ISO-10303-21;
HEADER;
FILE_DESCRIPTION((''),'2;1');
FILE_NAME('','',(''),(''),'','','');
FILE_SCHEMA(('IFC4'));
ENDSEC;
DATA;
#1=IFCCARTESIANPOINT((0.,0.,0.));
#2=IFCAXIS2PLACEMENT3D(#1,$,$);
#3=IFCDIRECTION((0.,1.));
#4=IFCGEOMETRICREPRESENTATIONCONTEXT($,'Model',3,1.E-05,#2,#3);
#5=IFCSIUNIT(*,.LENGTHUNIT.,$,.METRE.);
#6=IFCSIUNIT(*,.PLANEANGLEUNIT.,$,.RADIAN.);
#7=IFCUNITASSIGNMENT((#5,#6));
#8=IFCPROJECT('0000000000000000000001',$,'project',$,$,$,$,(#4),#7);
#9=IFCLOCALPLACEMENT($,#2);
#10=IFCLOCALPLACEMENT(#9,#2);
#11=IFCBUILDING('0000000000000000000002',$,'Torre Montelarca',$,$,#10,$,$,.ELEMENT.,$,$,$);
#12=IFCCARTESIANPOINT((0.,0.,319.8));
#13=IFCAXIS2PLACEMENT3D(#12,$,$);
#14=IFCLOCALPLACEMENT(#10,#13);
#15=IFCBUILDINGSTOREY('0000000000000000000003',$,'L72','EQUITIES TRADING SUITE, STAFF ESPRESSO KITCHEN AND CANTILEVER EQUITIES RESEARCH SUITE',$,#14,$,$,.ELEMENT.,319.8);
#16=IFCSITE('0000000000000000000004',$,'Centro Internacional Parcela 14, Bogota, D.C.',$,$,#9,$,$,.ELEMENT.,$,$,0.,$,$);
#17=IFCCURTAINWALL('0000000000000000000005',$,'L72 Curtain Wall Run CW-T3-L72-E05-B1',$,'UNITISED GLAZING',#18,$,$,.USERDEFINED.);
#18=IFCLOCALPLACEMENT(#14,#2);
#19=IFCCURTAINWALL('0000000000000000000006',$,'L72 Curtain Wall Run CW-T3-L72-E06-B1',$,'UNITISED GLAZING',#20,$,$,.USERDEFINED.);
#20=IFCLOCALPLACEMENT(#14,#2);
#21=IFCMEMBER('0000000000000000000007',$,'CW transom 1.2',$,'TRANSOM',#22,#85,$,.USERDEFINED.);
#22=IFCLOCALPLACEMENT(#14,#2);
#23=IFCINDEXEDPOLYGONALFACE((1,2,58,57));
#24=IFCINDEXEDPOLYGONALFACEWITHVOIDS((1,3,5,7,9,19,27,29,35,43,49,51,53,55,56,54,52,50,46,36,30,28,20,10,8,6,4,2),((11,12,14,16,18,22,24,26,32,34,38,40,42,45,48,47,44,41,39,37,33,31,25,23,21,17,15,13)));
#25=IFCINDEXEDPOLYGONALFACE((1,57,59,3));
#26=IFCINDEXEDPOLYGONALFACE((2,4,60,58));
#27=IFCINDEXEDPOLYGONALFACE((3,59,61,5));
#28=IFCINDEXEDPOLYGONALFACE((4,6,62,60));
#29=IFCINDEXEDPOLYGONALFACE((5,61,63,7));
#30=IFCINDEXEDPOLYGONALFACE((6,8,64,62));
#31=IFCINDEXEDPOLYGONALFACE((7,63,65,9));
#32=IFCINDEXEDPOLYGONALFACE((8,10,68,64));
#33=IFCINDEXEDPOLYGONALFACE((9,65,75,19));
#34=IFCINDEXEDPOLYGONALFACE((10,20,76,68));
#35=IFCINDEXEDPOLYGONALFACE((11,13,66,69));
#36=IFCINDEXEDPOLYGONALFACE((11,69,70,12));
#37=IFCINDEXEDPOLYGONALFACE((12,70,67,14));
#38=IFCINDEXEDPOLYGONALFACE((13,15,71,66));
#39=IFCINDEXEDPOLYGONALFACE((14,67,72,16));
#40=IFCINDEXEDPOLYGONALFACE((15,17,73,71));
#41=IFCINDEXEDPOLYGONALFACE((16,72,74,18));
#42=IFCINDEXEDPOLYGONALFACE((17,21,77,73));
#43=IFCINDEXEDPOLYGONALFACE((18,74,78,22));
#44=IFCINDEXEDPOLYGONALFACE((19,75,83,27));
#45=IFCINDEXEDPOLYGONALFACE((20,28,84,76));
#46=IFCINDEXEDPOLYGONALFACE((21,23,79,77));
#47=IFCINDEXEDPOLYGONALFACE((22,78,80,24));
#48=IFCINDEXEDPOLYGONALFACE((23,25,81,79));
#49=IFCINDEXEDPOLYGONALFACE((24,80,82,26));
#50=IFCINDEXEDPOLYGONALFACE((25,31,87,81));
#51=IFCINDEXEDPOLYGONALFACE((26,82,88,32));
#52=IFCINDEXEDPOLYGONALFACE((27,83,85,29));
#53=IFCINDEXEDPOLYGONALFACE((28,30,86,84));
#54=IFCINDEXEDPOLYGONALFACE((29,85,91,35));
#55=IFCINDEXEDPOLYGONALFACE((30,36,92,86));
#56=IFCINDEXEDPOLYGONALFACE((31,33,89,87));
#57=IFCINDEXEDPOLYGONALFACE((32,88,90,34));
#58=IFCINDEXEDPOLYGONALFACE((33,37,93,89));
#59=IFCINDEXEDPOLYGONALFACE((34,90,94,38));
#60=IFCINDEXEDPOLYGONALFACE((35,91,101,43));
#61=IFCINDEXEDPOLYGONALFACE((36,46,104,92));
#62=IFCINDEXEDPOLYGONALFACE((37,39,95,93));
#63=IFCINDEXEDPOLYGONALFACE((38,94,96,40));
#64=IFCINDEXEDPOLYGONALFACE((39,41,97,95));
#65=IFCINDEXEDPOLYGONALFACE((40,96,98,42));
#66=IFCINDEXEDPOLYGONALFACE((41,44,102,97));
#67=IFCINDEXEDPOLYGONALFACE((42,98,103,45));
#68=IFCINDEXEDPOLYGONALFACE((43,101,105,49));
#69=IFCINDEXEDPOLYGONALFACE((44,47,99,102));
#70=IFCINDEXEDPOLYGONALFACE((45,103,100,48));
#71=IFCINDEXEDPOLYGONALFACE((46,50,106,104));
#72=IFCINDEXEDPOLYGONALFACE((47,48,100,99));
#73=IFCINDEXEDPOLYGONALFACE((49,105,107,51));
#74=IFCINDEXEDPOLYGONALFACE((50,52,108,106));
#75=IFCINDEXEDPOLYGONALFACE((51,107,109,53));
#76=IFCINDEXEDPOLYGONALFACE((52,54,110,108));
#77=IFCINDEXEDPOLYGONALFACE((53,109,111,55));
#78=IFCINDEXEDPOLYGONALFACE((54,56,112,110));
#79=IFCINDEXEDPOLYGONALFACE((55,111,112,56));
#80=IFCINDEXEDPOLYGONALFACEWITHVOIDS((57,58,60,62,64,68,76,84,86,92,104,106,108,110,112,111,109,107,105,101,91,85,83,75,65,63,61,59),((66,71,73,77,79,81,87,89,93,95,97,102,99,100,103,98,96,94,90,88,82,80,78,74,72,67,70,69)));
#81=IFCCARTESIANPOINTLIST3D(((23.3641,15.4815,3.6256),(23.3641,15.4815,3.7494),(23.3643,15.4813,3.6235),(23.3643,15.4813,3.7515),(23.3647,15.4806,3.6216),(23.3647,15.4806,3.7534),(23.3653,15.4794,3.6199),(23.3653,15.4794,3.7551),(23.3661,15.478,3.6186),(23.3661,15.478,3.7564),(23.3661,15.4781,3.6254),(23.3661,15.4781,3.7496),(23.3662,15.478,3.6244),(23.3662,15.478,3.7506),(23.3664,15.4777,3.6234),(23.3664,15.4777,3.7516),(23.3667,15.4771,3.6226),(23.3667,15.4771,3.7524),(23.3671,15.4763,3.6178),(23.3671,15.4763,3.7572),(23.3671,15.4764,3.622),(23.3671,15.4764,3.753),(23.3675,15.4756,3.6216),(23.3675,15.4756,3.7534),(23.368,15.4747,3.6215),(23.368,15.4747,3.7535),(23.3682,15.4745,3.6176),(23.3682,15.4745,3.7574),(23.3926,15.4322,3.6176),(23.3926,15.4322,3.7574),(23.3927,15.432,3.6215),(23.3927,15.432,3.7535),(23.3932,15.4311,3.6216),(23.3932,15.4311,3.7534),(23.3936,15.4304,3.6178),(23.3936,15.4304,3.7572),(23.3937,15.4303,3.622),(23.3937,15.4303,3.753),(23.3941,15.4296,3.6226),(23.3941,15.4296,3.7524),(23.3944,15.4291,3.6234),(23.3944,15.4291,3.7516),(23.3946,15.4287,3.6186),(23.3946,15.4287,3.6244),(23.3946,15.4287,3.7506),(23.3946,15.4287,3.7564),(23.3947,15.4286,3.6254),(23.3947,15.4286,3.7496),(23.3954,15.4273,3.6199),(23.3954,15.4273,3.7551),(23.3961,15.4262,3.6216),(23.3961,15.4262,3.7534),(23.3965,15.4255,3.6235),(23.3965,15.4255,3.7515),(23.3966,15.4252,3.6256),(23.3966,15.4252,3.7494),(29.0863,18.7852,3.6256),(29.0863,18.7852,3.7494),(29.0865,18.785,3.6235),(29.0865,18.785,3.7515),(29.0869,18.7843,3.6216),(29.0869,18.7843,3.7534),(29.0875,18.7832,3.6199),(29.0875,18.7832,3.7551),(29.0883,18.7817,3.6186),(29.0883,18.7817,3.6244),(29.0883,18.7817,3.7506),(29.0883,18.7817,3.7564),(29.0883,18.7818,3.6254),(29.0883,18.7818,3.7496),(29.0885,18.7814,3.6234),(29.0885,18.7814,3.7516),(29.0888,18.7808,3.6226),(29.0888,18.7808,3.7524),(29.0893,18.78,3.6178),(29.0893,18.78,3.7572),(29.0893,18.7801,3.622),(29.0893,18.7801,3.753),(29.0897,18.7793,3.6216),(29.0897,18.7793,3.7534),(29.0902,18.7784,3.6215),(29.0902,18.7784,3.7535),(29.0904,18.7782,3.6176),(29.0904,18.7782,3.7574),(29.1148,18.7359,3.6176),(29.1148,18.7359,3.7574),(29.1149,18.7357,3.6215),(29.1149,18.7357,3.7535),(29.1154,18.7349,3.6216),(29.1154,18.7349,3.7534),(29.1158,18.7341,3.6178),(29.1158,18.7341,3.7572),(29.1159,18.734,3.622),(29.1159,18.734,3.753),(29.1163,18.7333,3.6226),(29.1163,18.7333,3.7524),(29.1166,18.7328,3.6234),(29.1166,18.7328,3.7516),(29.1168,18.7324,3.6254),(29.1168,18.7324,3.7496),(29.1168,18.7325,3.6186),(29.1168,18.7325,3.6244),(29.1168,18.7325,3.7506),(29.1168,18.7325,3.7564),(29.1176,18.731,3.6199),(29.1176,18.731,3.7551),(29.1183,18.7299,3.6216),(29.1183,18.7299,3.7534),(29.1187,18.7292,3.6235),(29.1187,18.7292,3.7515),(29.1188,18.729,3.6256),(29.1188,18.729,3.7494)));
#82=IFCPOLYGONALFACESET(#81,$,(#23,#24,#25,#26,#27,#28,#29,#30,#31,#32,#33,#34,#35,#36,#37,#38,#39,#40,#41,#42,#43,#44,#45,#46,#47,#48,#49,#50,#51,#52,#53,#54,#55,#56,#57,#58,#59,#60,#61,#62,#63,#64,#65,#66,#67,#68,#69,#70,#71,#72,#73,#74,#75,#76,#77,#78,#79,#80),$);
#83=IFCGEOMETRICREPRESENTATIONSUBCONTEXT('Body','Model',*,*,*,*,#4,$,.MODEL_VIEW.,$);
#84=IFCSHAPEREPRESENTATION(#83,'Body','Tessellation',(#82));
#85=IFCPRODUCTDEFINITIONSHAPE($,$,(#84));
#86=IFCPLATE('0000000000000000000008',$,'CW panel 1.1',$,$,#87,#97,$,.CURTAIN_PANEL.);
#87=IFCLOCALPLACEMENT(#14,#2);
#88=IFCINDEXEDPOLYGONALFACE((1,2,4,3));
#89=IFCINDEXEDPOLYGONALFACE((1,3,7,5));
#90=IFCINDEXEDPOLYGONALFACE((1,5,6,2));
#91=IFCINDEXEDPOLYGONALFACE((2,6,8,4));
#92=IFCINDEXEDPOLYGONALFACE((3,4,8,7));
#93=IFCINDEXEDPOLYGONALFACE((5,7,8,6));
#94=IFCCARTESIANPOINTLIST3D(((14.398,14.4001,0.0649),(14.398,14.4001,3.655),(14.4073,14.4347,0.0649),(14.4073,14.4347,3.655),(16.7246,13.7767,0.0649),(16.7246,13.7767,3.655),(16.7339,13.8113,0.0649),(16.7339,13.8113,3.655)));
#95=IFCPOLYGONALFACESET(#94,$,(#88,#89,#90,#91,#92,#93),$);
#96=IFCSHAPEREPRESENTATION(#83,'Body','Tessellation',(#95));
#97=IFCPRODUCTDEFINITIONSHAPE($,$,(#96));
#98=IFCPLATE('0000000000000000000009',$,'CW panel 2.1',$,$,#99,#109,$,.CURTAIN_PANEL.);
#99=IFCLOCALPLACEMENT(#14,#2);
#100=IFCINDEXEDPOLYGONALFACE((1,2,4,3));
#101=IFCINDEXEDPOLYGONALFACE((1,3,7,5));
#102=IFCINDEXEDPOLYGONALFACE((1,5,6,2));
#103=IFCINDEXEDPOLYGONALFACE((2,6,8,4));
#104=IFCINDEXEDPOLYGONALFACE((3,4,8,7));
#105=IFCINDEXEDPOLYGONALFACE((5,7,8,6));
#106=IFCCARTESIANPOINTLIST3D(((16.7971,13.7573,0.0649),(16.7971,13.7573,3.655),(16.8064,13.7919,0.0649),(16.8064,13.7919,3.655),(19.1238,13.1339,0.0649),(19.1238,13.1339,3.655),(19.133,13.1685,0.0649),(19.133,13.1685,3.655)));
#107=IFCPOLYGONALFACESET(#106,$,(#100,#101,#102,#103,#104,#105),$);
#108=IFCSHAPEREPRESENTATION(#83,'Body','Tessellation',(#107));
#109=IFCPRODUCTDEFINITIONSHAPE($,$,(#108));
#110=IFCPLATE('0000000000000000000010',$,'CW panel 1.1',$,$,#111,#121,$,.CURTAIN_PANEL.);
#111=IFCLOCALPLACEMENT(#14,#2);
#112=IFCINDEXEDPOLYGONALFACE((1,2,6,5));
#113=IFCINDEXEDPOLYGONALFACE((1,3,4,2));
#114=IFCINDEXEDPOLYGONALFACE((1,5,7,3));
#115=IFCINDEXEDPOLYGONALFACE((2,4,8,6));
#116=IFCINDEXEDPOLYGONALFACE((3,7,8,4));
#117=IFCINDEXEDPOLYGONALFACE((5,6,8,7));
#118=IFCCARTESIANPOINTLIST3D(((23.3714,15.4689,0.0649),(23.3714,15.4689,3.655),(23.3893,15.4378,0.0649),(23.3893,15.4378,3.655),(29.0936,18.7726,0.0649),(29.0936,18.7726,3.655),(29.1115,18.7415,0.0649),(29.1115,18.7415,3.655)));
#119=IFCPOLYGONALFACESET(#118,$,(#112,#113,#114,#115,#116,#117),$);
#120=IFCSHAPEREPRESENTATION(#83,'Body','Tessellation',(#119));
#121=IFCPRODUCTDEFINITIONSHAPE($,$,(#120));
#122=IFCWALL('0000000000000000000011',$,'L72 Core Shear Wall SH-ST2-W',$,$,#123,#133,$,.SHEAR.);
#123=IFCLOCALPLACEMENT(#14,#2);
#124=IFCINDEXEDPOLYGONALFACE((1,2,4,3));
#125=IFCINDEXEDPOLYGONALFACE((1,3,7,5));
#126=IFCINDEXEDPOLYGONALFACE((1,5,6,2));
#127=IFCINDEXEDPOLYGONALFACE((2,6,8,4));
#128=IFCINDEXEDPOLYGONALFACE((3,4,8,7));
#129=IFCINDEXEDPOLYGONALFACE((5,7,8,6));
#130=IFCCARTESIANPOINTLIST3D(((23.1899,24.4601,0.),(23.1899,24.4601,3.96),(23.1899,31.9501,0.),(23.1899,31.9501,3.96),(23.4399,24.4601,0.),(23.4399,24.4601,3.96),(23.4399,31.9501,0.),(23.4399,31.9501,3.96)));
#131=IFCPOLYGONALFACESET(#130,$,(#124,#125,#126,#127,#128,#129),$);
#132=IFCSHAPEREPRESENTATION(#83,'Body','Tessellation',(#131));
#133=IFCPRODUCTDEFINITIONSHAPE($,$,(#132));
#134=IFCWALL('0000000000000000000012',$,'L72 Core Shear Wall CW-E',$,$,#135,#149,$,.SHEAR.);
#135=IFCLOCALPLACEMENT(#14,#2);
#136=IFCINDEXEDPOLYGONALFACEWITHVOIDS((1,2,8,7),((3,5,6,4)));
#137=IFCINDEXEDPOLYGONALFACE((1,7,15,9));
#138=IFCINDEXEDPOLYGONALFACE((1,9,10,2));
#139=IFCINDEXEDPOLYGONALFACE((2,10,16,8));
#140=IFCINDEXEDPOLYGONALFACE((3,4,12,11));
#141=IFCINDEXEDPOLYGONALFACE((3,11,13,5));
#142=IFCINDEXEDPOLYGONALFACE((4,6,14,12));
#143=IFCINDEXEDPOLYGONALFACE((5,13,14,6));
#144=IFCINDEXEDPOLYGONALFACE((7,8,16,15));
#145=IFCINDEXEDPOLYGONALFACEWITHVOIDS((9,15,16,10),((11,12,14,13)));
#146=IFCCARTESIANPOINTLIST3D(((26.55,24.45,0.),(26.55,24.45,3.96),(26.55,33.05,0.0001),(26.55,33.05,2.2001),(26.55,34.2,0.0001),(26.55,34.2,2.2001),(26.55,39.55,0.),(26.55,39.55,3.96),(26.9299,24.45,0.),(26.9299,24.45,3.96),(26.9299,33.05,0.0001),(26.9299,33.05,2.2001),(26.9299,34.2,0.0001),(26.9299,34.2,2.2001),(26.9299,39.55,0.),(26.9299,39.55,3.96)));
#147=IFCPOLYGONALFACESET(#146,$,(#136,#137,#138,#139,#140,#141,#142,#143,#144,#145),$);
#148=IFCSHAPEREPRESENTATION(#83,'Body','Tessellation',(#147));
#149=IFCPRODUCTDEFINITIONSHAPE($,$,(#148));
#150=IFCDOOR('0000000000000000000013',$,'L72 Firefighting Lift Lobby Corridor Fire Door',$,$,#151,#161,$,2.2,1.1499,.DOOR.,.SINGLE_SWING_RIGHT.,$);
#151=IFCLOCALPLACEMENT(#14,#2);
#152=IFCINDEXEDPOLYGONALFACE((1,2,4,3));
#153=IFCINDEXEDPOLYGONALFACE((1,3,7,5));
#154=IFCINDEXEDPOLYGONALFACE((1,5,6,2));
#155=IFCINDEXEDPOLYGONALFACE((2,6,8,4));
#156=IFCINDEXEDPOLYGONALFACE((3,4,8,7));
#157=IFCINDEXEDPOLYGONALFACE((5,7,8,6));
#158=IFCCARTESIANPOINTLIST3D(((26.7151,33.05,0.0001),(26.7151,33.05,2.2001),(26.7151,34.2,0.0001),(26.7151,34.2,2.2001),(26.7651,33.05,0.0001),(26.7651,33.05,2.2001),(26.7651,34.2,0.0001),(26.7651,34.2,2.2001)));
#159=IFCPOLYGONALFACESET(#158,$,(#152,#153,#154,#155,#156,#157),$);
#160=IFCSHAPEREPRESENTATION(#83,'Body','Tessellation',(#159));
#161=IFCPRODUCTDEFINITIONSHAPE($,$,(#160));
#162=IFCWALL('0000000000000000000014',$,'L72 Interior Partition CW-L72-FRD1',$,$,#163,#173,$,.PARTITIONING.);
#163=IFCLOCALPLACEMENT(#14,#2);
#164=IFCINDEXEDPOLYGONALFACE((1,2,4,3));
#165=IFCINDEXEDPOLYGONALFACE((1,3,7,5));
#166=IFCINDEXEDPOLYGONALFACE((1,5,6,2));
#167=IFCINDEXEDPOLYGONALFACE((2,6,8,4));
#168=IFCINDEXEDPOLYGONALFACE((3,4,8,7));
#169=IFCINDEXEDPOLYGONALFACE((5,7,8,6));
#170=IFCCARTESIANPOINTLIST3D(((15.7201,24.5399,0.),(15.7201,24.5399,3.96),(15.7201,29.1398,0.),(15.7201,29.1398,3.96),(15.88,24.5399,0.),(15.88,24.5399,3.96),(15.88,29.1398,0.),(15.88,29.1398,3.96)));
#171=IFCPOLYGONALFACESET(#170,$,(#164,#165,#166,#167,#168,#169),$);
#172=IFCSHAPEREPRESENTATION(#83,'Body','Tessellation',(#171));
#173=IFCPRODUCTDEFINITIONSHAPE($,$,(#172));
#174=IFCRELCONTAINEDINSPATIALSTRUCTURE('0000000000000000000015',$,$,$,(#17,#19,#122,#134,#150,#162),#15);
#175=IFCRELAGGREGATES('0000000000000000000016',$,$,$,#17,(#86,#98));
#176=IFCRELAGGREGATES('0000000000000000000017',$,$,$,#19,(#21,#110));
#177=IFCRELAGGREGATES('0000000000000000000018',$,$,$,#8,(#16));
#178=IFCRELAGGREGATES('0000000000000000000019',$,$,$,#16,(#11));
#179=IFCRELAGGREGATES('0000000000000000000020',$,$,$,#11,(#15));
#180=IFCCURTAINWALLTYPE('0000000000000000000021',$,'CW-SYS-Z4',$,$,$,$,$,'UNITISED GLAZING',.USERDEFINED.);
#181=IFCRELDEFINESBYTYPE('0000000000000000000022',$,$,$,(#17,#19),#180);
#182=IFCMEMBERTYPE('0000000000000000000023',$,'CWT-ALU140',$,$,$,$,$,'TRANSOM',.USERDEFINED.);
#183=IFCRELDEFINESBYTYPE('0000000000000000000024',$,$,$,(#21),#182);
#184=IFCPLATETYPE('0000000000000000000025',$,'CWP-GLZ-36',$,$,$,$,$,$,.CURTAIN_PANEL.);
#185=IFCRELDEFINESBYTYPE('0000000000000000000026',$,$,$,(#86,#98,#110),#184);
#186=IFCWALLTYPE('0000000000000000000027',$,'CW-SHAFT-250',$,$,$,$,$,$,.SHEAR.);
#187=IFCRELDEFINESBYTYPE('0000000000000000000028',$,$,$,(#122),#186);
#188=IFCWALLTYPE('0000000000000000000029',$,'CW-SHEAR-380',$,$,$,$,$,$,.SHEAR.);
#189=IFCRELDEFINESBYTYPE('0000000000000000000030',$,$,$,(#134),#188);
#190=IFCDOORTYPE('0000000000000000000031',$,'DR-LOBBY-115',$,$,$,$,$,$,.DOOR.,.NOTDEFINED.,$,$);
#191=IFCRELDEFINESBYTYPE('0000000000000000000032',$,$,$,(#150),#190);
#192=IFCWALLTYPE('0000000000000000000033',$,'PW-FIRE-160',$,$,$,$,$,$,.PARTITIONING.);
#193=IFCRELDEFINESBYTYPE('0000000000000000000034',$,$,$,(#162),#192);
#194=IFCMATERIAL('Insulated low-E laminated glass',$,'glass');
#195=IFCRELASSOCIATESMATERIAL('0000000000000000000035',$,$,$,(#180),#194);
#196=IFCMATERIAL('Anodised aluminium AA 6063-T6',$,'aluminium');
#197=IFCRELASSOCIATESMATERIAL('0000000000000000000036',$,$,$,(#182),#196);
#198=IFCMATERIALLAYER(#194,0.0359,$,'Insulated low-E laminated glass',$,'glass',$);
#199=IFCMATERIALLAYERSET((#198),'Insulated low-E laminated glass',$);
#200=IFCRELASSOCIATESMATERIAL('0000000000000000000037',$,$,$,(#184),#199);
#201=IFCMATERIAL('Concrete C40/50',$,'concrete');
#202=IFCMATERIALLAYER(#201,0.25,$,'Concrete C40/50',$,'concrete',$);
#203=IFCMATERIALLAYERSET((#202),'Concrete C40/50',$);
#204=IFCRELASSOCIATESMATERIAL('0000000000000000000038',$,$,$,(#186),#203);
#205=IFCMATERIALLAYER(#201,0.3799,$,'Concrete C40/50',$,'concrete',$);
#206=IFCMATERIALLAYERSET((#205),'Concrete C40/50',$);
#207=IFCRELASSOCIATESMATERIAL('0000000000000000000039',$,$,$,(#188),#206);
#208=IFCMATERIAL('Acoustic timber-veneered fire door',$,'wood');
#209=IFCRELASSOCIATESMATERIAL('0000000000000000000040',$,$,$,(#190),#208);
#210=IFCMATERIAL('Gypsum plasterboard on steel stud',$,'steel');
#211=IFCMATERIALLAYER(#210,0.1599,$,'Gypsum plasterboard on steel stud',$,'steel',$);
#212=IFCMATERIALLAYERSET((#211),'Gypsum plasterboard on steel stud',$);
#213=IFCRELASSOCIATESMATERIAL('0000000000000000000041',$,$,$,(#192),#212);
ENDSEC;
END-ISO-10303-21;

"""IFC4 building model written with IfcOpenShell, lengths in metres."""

from ifc_helpers import new_model, si_unit, direction, frame, frame_2d, origin, origin_2d, place, context, subcontext, project, spatial, rectangle, hollow_rectangle, extrude, source, transform, mapped, material, layer, layer_set, material_profile, profile_set, type_object, element, fill, aggregate, save


model = new_model("IFC4")

# Units and contexts
model_context = context("Model", 3, precision=1e-05, world=origin(), true_north=direction((0.0, 1.0)))
body_context = subcontext(model_context, "Body", "Model", "MODEL_VIEW")
ifc_project = project(units=[si_unit("LENGTHUNIT", "METRE"), si_unit("PLANEANGLEUNIT", "RADIAN")], contexts=[model_context])

# Site, building, storey
site_placement = place(None, origin())
site = spatial("IfcSite", under=ifc_project, at=site_placement, Name="Centro Internacional Parcela 14, Bogota, D.C.", CompositionType="ELEMENT", RefElevation=0.0)
building_placement = place(site_placement, origin())
building = spatial("IfcBuilding", under=site, at=building_placement, Name="Torre Montelarca", CompositionType="ELEMENT")
storey_placement = place(building_placement, frame((0.0, 0.0, 319.8)))
storey = spatial("IfcBuildingStorey", under=building, at=storey_placement, Name="L72", Description="EQUITIES TRADING SUITE, STAFF ESPRESSO KITCHEN AND CANTILEVER EQUITIES RESEARCH SUITE", CompositionType="ELEMENT", Elevation=319.8)

# Curtain wall
ifc_material_1 = material(Name="Insulated low-E laminated glass", Category="glass")
curtain_wall_type = type_object("IfcCurtainWallType", Name="CW-SYS-Z4", ElementType="UNITISED GLAZING", PredefinedType="USERDEFINED", material=ifc_material_1)
curtain_wall_1_placement = place(storey_placement, origin())
curtain_wall_1 = element("IfcCurtainWall", 1, at=curtain_wall_1_placement, inside=storey, type_object=curtain_wall_type, Name="L72 Curtain Wall Run CW-T3-L72-E05-B1", ObjectType="UNITISED GLAZING", PredefinedType="USERDEFINED")
ifc_material_2 = material(Name="Anodised aluminium AA 6063-T6", Category="aluminium")

# Curtain wall
curtain_wall_2_placement = place(storey_placement, origin())
curtain_wall_2 = element("IfcCurtainWall", 2, at=curtain_wall_2_placement, inside=storey, type_object=curtain_wall_type, Name="L72 Curtain Wall Run CW-T3-L72-E06-B1", ObjectType="UNITISED GLAZING", PredefinedType="USERDEFINED")

# Member
ifc_material_profile_1 = material_profile(ifc_material_2, hollow_rectangle(XDim=0.0649, YDim=0.1399, WallThickness=0.0039, InnerFilletRadius=0.0039, OuterFilletRadius=0.0081, at=origin_2d()), Name="ALU65X140X4", Category="aluminium")
ifc_profile_set_1 = profile_set([ifc_material_profile_1], Name="Anodised aluminium AA 6063-T6")
member_type_1 = type_object("IfcMemberType", Name="CWT-ALU140", ElementType="TRANSOM", PredefinedType="USERDEFINED", material=ifc_profile_set_1)
shared_shape_1 = source(origin(), body_context, "Body", "SweptSolid", [
    extrude(hollow_rectangle(XDim=0.0649, YDim=0.1399, WallThickness=0.0039, InnerFilletRadius=0.0039, OuterFilletRadius=0.0081, at=origin_2d()), origin(), (0.0, 0.0, 1.0), 6.6074),
])
member_1_placement = place(storey_placement, frame((23.3804, 15.4534, 3.6875), z_axis=(0.866024, 0.500002, 0.0), x_axis=(-0.500002, 0.866024, 0.0)))
member_1 = element("IfcMember", 3, at=member_1_placement, type_object=member_type_1, Name="CW transom 1.2", ObjectType="TRANSOM", PredefinedType="USERDEFINED", context=body_context, shape_type="MappedRepresentation", body=[
    mapped(shared_shape_1, transform((0.0, 0.0, 0.0), scale=1.0)),
])

# Plates
ifc_layer_1 = layer(ifc_material_1, 0.0359, Name="Insulated low-E laminated glass", Category="glass")
ifc_layer_set_1 = layer_set([ifc_layer_1], Name="Insulated low-E laminated glass")
plate_type = type_object("IfcPlateType", Name="CWP-GLZ-36", PredefinedType="CURTAIN_PANEL", material=ifc_layer_set_1)
shared_shape_2 = source(origin(), body_context, "Body", "SweptSolid", [
    extrude(rectangle(XDim=2.4087, YDim=0.0359, at=origin_2d()), origin(), (0.0, 0.0, 1.0), 3.5901),
])
plate_1_placement = place(storey_placement, frame((15.5659, 14.1057, 0.0649), z_axis=(0.0, 0.0, 1.0), x_axis=(0.965927, -0.258815, 0.0)))
plate_1 = element("IfcPlate", 4, at=plate_1_placement, type_object=plate_type, Name="CW panel 1.1", PredefinedType="CURTAIN_PANEL", context=body_context, shape_type="MappedRepresentation", body=[
    mapped(shared_shape_2, transform((0.0, 0.0, 0.0), scale=1.0)),
])
plate_2_placement = place(storey_placement, frame((17.9651, 13.4629, 0.0649), z_axis=(0.0, 0.0, 1.0), x_axis=(0.965927, -0.258815, 0.0)))
plate_2 = element("IfcPlate", 5, at=plate_2_placement, type_object=plate_type, Name="CW panel 2.1", PredefinedType="CURTAIN_PANEL", context=body_context, shape_type="MappedRepresentation", body=[
    mapped(shared_shape_2, transform((0.0, 0.0, 0.0), scale=1.0)),
])
aggregate(curtain_wall_1, [plate_1, plate_2])
shared_shape_3 = source(origin(), body_context, "Body", "SweptSolid", [
    extrude(rectangle(XDim=6.6074, YDim=0.0359, at=origin_2d()), origin(), (0.0, 0.0, 1.0), 3.5901),
])
plate_3_placement = place(storey_placement, frame((26.2415, 17.1052, 0.0649), z_axis=(0.0, 0.0, 1.0), x_axis=(0.866026, 0.499999, 0.0)))
plate_3 = element("IfcPlate", 6, at=plate_3_placement, type_object=plate_type, Name="CW panel 1.1", PredefinedType="CURTAIN_PANEL", context=body_context, shape_type="MappedRepresentation", body=[
    mapped(shared_shape_3, transform((0.0, 0.0, 0.0), scale=1.0)),
])
aggregate(curtain_wall_2, [member_1, plate_3])

# Wall
ifc_material_3 = material(Name="Concrete C40/50", Category="concrete")
ifc_layer_2 = layer(ifc_material_3, 0.25, Name="Concrete C40/50", Category="concrete")
ifc_layer_set_2 = layer_set([ifc_layer_2], Name="Concrete C40/50")
wall_type_1 = type_object("IfcWallType", Name="CW-SHAFT-250", PredefinedType="SHEAR", material=ifc_layer_set_2)
wall_1_placement = place(storey_placement, frame((23.3149, 24.46, 0.0), z_axis=(0.0, 0.0, 1.0), x_axis=(0.0, 1.0, 0.0)))
element("IfcWall", 7, at=wall_1_placement, inside=storey, type_object=wall_type_1, Name="L72 Core Shear Wall SH-ST2-W", PredefinedType="SHEAR", context=body_context, shape_type="SweptSolid", body=[
    extrude(rectangle(XDim=7.49, YDim=0.25, at=frame_2d((3.7451, 0.0))), origin(), (0.0, 0.0, 1.0), 3.96),
])

# Wall, opening, door
ifc_layer_3 = layer(ifc_material_3, 0.3799, Name="Concrete C40/50", Category="concrete")
ifc_layer_set_3 = layer_set([ifc_layer_3], Name="Concrete C40/50")
wall_type_2 = type_object("IfcWallType", Name="CW-SHEAR-380", PredefinedType="SHEAR", material=ifc_layer_set_3)
wall_2_placement = place(storey_placement, frame((26.74, 24.45, 0.0), z_axis=(0.0, 0.0, 1.0), x_axis=(0.0, 1.0, 0.0)))
wall_2 = element("IfcWall", 8, at=wall_2_placement, inside=storey, type_object=wall_type_2, Name="L72 Core Shear Wall CW-E", PredefinedType="SHEAR", context=body_context, shape_type="SweptSolid", body=[
    extrude(rectangle(XDim=15.1001, YDim=0.3799, at=frame_2d((7.55, 0.0))), origin(), (0.0, 0.0, 1.0), 3.96),
])
opening_placement = place(wall_2_placement, frame((8.6001, 0.0, 0.0)))
opening = element("IfcOpeningElement", 9, at=opening_placement, cuts=wall_2, PredefinedType="OPENING", context=body_context, shape_type="SweptSolid", body=[
    extrude(rectangle(XDim=1.1499, YDim=2.2, at=frame_2d((0.575, 1.1001))), frame((0.0, 0.2, 0.0), z_axis=(0.0, -1.0, 0.0), x_axis=(1.0, 0.0, 0.0)), (0.0, 0.0, 1.0), 0.3999),
])
ifc_material_4 = material(Name="Acoustic timber-veneered fire door", Category="wood")
door_type = type_object("IfcDoorType", Name="DR-LOBBY-115", OperationType="NOTDEFINED", PredefinedType="DOOR", material=ifc_material_4)
shared_shape_4 = source(origin(), body_context, "Body", "SweptSolid", [
    extrude(rectangle(XDim=1.1499, YDim=2.2, at=frame_2d((0.575, 1.1001))), frame((0.0, 0.0249, 0.0), z_axis=(0.0, -1.0, 0.0), x_axis=(1.0, 0.0, 0.0)), (0.0, 0.0, 1.0), 0.05),
])
door_placement = place(opening_placement, origin())
door = element("IfcDoor", 10, at=door_placement, inside=storey, type_object=door_type, Name="L72 Firefighting Lift Lobby Corridor Fire Door", OperationType="SINGLE_SWING_RIGHT", OverallHeight=2.2, OverallWidth=1.1499, PredefinedType="DOOR", context=body_context, shape_type="MappedRepresentation", body=[
    mapped(shared_shape_4, transform((0.0, 0.0, 0.0), scale=1.0)),
])
fill(opening, door)

# Wall
ifc_material_5 = material(Name="Gypsum plasterboard on steel stud", Category="steel")
ifc_layer_4 = layer(ifc_material_5, 0.1599, Name="Gypsum plasterboard on steel stud", Category="steel")
ifc_layer_set_4 = layer_set([ifc_layer_4], Name="Gypsum plasterboard on steel stud")
wall_type_3 = type_object("IfcWallType", Name="PW-FIRE-160", PredefinedType="PARTITIONING", material=ifc_layer_set_4)
wall_3_placement = place(storey_placement, frame((15.8, 24.54, 0.0), z_axis=(0.0, 0.0, 1.0), x_axis=(0.0, 1.0, 0.0)))
element("IfcWall", 11, at=wall_3_placement, inside=storey, type_object=wall_type_3, Name="L72 Interior Partition CW-L72-FRD1", PredefinedType="PARTITIONING", context=body_context, shape_type="SweptSolid", body=[
    extrude(rectangle(XDim=4.5999, YDim=0.1599, at=frame_2d((2.2998, 0.0))), origin(), (0.0, 0.0, 1.0), 3.96),
])

save(model, "model.ifc")
